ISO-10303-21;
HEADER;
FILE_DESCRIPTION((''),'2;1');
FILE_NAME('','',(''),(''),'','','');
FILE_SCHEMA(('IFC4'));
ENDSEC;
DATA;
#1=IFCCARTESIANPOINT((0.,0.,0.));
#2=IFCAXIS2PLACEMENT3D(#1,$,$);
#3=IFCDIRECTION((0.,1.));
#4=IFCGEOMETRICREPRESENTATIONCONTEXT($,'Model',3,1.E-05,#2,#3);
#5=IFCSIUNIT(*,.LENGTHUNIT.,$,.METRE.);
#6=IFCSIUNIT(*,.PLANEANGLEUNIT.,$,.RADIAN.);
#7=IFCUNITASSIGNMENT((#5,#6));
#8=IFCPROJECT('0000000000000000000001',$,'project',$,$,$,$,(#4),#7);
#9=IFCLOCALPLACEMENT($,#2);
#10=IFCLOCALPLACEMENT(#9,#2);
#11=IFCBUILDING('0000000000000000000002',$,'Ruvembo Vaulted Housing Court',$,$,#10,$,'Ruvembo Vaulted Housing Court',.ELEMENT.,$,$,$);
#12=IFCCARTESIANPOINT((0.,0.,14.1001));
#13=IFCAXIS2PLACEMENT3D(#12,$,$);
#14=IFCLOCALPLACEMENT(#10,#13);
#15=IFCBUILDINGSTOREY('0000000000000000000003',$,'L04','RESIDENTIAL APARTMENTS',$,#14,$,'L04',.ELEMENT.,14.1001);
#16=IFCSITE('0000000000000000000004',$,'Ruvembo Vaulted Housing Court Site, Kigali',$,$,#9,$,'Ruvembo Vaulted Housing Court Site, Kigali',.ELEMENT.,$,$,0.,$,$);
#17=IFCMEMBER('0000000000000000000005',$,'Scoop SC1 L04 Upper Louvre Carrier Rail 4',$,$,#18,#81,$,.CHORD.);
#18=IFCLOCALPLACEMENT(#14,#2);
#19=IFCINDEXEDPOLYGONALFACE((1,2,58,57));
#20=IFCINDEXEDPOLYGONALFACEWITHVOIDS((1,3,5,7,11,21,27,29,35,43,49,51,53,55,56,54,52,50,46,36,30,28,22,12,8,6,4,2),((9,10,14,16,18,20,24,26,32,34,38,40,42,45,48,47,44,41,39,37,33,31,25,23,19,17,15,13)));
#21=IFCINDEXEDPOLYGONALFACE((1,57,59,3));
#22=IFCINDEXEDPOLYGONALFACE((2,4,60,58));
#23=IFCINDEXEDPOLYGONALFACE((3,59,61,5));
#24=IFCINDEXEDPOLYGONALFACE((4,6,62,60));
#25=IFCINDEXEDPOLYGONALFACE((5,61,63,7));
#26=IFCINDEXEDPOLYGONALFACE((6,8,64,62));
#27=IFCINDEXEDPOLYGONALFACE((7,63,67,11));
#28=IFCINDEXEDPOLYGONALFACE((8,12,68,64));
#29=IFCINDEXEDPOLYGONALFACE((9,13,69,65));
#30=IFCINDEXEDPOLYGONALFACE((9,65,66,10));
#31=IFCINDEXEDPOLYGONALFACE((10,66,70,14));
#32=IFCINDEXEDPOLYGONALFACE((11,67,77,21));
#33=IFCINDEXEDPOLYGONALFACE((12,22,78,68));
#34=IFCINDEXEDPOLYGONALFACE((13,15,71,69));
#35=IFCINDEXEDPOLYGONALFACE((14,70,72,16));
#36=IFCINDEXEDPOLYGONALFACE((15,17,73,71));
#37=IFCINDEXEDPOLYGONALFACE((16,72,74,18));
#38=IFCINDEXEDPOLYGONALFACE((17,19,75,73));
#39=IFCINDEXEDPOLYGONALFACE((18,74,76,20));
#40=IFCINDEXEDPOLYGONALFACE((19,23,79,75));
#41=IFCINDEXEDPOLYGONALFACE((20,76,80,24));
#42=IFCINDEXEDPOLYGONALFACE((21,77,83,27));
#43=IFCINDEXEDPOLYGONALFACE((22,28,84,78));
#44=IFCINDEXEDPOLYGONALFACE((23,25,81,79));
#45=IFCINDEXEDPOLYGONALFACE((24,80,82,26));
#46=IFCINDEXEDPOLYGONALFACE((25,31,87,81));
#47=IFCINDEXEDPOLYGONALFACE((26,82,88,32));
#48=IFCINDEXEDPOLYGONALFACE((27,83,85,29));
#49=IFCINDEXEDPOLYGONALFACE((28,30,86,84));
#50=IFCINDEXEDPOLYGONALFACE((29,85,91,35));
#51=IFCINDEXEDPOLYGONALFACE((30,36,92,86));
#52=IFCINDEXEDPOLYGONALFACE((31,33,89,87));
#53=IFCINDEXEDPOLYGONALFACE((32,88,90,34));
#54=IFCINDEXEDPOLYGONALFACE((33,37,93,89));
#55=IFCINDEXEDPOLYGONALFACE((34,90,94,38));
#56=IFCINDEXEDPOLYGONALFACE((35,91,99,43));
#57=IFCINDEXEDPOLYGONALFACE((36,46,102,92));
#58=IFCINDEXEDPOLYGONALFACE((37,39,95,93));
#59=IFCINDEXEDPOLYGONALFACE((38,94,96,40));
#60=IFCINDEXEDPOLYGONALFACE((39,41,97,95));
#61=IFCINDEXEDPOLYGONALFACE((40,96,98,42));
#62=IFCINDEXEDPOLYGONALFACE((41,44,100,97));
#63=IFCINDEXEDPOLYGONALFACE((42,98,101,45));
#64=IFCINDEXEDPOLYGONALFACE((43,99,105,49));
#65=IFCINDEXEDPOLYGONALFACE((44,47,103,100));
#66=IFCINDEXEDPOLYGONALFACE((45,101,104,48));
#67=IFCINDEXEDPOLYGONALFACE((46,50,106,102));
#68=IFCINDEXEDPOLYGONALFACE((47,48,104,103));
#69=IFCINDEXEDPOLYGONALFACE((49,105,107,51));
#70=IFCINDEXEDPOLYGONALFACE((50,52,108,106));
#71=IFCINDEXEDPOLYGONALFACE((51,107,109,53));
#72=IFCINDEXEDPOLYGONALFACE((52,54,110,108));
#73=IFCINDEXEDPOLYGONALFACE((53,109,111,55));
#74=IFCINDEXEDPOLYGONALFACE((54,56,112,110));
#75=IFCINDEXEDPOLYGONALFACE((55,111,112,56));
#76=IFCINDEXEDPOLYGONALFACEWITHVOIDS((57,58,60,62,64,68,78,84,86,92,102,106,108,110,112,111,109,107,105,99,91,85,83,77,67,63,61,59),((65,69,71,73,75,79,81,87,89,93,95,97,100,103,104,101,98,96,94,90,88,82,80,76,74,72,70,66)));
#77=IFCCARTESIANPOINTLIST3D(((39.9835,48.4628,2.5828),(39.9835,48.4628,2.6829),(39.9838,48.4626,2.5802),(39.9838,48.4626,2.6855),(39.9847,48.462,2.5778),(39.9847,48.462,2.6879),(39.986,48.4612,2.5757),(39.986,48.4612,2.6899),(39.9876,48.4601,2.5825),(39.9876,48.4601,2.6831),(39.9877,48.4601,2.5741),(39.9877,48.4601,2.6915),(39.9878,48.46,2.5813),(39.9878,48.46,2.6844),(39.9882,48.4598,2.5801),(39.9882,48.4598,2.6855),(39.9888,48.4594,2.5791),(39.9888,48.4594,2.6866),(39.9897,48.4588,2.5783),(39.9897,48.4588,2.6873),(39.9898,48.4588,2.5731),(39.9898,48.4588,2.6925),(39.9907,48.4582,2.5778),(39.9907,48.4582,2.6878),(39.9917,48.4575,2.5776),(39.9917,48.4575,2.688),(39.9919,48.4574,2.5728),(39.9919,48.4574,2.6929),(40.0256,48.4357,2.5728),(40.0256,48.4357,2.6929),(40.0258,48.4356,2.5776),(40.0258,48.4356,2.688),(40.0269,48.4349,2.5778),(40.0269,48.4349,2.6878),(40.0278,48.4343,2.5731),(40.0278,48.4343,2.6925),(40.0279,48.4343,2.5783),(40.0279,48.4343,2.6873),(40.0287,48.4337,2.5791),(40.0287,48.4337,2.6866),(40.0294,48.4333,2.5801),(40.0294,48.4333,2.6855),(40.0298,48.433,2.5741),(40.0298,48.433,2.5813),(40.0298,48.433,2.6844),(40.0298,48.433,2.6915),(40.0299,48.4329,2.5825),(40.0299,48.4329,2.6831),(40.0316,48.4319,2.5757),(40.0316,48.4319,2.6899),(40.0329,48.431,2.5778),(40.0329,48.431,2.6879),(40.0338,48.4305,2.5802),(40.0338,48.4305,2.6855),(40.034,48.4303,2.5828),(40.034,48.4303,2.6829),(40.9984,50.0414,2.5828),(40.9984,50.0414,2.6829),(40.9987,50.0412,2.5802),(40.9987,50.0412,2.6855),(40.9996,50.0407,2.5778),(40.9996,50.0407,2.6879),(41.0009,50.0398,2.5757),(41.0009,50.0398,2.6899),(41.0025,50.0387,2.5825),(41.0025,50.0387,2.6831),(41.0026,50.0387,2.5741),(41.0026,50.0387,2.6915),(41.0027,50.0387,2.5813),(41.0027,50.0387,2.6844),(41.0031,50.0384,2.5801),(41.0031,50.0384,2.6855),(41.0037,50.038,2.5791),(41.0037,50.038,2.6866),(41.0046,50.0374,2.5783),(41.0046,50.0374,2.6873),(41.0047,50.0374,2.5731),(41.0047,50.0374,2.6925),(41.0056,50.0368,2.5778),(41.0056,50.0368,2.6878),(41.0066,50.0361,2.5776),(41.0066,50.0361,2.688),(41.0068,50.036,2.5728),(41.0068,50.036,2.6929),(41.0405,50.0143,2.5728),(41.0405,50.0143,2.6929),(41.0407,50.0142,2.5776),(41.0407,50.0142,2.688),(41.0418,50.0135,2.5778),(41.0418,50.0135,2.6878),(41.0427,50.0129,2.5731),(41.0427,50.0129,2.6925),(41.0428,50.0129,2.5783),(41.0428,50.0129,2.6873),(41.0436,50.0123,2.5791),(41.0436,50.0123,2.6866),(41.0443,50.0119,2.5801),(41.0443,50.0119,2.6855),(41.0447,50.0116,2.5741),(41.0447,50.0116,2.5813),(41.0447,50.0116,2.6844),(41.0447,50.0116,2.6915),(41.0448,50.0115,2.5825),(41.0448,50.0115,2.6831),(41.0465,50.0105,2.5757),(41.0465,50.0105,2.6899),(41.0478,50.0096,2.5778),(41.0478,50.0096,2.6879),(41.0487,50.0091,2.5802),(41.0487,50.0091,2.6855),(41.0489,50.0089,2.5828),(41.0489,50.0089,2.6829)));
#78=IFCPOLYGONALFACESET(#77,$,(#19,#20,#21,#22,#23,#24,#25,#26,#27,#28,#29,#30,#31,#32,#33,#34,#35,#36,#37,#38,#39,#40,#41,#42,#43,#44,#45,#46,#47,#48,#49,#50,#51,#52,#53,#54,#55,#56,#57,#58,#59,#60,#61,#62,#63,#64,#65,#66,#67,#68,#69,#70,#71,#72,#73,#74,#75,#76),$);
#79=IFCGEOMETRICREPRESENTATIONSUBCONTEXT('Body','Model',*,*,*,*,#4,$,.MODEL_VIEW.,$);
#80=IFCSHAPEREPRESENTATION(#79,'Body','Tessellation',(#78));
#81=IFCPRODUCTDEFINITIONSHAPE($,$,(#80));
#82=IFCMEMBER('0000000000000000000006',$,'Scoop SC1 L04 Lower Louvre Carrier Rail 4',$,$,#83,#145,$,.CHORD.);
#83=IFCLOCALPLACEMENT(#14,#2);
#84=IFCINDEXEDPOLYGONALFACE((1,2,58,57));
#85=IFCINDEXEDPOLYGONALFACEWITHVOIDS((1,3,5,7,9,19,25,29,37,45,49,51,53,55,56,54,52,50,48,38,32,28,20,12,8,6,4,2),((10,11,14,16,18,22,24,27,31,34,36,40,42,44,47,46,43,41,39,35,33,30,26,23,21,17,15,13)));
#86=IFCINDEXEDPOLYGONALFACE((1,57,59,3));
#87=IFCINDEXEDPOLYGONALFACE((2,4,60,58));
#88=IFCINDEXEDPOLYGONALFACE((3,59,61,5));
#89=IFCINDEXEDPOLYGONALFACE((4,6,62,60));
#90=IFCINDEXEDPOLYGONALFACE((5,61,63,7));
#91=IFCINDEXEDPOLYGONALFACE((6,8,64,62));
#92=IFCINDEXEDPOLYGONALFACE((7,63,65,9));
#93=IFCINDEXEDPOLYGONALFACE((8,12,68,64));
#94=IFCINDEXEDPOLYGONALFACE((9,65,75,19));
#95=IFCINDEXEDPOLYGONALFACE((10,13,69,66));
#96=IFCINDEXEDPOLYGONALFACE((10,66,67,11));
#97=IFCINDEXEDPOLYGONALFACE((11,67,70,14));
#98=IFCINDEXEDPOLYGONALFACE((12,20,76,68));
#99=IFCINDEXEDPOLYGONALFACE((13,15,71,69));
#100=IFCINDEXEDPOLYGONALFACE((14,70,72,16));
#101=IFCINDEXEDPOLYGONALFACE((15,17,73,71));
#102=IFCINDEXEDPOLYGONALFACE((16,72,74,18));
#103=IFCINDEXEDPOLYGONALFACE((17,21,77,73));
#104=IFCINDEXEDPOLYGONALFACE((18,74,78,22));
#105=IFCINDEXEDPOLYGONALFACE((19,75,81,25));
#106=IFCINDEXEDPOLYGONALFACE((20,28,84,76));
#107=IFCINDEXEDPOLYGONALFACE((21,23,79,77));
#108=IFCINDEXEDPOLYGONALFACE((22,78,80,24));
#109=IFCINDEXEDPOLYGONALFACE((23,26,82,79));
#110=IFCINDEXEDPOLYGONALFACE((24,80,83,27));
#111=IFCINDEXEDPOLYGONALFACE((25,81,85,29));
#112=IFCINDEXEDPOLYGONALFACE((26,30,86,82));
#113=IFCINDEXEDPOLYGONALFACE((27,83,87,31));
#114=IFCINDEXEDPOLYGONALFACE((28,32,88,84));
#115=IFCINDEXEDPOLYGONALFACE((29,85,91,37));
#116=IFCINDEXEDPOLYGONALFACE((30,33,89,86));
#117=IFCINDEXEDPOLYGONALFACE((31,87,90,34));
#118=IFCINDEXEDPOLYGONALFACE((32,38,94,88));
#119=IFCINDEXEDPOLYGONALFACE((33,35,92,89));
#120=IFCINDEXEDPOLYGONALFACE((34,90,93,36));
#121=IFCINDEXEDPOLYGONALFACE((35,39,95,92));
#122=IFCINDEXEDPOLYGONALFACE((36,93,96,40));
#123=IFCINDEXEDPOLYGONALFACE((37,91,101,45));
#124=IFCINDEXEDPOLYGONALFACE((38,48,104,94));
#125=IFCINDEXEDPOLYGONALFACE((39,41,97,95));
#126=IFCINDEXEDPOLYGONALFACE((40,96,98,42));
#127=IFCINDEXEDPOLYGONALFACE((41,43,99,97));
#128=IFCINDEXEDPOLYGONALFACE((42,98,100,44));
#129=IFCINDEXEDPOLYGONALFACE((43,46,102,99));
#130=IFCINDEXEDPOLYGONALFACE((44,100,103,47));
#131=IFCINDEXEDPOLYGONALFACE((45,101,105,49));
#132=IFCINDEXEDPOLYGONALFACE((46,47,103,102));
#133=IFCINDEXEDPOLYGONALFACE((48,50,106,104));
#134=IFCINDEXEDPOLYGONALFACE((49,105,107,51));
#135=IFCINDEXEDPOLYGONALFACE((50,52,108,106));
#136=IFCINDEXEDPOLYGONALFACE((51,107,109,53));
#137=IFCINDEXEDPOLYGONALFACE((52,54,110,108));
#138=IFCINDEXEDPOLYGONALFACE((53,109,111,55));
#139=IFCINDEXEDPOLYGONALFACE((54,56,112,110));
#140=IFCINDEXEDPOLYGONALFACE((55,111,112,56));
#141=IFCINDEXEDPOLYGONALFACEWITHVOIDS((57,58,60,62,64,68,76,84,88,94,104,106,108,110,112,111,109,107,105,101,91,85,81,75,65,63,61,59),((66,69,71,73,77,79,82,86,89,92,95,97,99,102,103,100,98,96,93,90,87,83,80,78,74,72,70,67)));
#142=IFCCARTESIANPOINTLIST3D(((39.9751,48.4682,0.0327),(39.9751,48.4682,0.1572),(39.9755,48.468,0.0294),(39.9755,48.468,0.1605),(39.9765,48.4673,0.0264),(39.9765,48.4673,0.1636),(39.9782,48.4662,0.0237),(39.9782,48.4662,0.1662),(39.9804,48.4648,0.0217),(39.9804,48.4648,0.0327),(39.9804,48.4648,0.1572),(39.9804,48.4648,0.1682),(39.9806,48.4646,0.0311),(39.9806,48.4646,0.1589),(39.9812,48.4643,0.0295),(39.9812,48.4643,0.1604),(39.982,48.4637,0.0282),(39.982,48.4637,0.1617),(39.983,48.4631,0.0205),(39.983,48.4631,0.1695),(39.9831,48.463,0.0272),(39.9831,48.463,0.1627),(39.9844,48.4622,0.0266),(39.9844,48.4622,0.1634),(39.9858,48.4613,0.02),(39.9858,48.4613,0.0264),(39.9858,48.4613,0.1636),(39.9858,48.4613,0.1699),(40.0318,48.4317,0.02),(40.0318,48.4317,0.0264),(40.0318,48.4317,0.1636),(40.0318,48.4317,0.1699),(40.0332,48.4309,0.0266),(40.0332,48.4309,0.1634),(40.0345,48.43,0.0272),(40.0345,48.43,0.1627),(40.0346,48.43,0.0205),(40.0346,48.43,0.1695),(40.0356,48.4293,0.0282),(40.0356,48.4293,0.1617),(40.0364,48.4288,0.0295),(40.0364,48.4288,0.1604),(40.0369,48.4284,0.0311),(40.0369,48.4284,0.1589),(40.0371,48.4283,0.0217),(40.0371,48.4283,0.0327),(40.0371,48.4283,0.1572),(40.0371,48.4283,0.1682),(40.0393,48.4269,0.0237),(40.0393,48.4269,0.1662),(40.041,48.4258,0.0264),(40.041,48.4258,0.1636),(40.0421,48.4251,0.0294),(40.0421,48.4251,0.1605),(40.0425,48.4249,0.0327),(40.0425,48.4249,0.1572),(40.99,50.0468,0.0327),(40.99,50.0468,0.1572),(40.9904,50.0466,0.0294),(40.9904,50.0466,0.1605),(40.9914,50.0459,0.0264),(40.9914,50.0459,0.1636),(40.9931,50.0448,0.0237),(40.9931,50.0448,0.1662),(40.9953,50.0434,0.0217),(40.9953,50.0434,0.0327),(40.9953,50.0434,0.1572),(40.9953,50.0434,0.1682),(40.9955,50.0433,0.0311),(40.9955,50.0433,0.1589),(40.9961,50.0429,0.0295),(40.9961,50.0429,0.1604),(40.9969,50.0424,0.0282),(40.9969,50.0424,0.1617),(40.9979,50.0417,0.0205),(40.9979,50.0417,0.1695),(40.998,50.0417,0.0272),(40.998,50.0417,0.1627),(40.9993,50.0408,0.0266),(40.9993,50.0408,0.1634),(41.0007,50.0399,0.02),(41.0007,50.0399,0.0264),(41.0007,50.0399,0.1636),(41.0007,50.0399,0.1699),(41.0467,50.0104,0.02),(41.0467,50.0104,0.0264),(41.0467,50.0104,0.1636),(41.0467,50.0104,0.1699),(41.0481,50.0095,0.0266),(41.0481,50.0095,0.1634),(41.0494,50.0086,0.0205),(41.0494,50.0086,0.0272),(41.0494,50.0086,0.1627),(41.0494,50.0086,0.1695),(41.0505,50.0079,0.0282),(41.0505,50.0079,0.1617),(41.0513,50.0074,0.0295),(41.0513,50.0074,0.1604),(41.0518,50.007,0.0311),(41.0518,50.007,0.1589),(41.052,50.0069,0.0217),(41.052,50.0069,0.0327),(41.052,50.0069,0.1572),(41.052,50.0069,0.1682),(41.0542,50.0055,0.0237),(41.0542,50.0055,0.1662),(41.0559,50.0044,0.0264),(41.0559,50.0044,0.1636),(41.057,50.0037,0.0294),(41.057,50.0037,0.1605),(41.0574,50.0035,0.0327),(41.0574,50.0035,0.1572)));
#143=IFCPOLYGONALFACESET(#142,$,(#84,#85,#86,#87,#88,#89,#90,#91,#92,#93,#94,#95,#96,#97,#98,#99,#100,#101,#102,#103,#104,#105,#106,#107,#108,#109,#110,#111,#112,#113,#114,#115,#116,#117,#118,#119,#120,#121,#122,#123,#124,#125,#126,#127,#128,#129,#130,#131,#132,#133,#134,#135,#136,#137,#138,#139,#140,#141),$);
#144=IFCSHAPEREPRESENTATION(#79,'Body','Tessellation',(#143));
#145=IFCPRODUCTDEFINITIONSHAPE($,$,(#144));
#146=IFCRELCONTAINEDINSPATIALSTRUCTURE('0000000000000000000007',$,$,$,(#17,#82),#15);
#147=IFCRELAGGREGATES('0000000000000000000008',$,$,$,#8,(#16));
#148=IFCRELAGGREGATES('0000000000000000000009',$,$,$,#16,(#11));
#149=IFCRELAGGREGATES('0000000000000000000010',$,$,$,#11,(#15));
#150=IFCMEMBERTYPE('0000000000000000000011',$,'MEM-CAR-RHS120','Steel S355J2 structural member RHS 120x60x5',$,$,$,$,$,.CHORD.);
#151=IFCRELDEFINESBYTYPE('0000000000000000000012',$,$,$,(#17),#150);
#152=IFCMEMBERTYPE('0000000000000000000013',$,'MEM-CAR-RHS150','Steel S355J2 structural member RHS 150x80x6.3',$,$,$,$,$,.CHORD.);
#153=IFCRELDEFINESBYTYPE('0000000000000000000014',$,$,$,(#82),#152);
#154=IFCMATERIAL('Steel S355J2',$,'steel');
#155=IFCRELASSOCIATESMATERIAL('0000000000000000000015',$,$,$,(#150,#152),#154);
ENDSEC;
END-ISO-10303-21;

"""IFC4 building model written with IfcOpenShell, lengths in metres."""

from ifc_helpers import new_model, si_unit, direction, frame, origin, origin_2d, place, context, subcontext, project, spatial, hollow_rectangle, extrude, material, material_profile, profile_set, type_object, element, save


model = new_model("IFC4")

# Units and contexts
model_context = context("Model", 3, precision=1e-05, world=origin(), true_north=direction((0.0, 1.0)))
body_context = subcontext(model_context, "Body", "Model", "MODEL_VIEW")
ifc_project = project(units=[si_unit("LENGTHUNIT", "METRE"), si_unit("PLANEANGLEUNIT", "RADIAN")], contexts=[model_context])

# Site, building, storey
site_placement = place(None, origin())
site = spatial("IfcSite", under=ifc_project, at=site_placement, Name="Ruvembo Vaulted Housing Court Site, Kigali", LongName="Ruvembo Vaulted Housing Court Site, Kigali", CompositionType="ELEMENT", RefElevation=0.0)
building_placement = place(site_placement, origin())
building = spatial("IfcBuilding", under=site, at=building_placement, Name="Ruvembo Vaulted Housing Court", LongName="Ruvembo Vaulted Housing Court", CompositionType="ELEMENT")
storey_placement = place(building_placement, frame((0.0, 0.0, 14.1001)))
storey = spatial("IfcBuildingStorey", under=building, at=storey_placement, Name="L04", Description="RESIDENTIAL APARTMENTS", LongName="L04", CompositionType="ELEMENT", Elevation=14.1001)

# Shared definitions
ifc_material_1 = material(Name="Steel S355J2", Category="steel")

# Members
ifc_material_profile_1 = material_profile(ifc_material_1, hollow_rectangle(XDim=0.0601, YDim=0.1201, WallThickness=0.0049, InnerFilletRadius=0.0049, OuterFilletRadius=0.01, at=origin_2d()), Name="RHS 120x60x5")
ifc_profile_set_1 = profile_set([ifc_material_profile_1], Name="Steel S355J2")
member_type_1 = type_object("IfcMemberType", Name="MEM-CAR-RHS120", Description="Steel S355J2 structural member RHS 120x60x5", PredefinedType="CHORD", material=ifc_profile_set_1)
member_1_placement = place(storey_placement, frame((40.0088, 48.4465, 2.6328), z_axis=(0.540784, 0.841162, 0.0), x_axis=(-0.841162, 0.540784, 0.0)))
element("IfcMember", 1, at=member_1_placement, inside=storey, type_object=member_type_1, Name="Scoop SC1 L04 Upper Louvre Carrier Rail 4", PredefinedType="CHORD", context=body_context, shape_type="SweptSolid", body=[
    extrude(hollow_rectangle(XDim=0.0601, YDim=0.1201, WallThickness=0.0049, InnerFilletRadius=0.0049, OuterFilletRadius=0.01, at=origin_2d()), origin(), (0.0, 0.0, 1.0), 1.8767),
])
ifc_material_profile_2 = material_profile(ifc_material_1, hollow_rectangle(XDim=0.0801, YDim=0.1499, WallThickness=0.0063, InnerFilletRadius=0.0063, OuterFilletRadius=0.0127, at=origin_2d()), Name="RHS 150x80x6.3")
ifc_profile_set_2 = profile_set([ifc_material_profile_2], Name="Steel S355J2")
member_type_2 = type_object("IfcMemberType", Name="MEM-CAR-RHS150", Description="Steel S355J2 structural member RHS 150x80x6.3", PredefinedType="CHORD", material=ifc_profile_set_2)
member_2_placement = place(storey_placement, frame((40.0088, 48.4465, 0.095), z_axis=(0.540784, 0.841162, 0.0), x_axis=(-0.841162, 0.540784, 0.0)))
element("IfcMember", 2, at=member_2_placement, inside=storey, type_object=member_type_2, Name="Scoop SC1 L04 Lower Louvre Carrier Rail 4", PredefinedType="CHORD", context=body_context, shape_type="SweptSolid", body=[
    extrude(hollow_rectangle(XDim=0.0801, YDim=0.1499, WallThickness=0.0063, InnerFilletRadius=0.0063, OuterFilletRadius=0.0127, at=origin_2d()), origin(), (0.0, 0.0, 1.0), 1.8767),
])

save(model, "model.ifc")
